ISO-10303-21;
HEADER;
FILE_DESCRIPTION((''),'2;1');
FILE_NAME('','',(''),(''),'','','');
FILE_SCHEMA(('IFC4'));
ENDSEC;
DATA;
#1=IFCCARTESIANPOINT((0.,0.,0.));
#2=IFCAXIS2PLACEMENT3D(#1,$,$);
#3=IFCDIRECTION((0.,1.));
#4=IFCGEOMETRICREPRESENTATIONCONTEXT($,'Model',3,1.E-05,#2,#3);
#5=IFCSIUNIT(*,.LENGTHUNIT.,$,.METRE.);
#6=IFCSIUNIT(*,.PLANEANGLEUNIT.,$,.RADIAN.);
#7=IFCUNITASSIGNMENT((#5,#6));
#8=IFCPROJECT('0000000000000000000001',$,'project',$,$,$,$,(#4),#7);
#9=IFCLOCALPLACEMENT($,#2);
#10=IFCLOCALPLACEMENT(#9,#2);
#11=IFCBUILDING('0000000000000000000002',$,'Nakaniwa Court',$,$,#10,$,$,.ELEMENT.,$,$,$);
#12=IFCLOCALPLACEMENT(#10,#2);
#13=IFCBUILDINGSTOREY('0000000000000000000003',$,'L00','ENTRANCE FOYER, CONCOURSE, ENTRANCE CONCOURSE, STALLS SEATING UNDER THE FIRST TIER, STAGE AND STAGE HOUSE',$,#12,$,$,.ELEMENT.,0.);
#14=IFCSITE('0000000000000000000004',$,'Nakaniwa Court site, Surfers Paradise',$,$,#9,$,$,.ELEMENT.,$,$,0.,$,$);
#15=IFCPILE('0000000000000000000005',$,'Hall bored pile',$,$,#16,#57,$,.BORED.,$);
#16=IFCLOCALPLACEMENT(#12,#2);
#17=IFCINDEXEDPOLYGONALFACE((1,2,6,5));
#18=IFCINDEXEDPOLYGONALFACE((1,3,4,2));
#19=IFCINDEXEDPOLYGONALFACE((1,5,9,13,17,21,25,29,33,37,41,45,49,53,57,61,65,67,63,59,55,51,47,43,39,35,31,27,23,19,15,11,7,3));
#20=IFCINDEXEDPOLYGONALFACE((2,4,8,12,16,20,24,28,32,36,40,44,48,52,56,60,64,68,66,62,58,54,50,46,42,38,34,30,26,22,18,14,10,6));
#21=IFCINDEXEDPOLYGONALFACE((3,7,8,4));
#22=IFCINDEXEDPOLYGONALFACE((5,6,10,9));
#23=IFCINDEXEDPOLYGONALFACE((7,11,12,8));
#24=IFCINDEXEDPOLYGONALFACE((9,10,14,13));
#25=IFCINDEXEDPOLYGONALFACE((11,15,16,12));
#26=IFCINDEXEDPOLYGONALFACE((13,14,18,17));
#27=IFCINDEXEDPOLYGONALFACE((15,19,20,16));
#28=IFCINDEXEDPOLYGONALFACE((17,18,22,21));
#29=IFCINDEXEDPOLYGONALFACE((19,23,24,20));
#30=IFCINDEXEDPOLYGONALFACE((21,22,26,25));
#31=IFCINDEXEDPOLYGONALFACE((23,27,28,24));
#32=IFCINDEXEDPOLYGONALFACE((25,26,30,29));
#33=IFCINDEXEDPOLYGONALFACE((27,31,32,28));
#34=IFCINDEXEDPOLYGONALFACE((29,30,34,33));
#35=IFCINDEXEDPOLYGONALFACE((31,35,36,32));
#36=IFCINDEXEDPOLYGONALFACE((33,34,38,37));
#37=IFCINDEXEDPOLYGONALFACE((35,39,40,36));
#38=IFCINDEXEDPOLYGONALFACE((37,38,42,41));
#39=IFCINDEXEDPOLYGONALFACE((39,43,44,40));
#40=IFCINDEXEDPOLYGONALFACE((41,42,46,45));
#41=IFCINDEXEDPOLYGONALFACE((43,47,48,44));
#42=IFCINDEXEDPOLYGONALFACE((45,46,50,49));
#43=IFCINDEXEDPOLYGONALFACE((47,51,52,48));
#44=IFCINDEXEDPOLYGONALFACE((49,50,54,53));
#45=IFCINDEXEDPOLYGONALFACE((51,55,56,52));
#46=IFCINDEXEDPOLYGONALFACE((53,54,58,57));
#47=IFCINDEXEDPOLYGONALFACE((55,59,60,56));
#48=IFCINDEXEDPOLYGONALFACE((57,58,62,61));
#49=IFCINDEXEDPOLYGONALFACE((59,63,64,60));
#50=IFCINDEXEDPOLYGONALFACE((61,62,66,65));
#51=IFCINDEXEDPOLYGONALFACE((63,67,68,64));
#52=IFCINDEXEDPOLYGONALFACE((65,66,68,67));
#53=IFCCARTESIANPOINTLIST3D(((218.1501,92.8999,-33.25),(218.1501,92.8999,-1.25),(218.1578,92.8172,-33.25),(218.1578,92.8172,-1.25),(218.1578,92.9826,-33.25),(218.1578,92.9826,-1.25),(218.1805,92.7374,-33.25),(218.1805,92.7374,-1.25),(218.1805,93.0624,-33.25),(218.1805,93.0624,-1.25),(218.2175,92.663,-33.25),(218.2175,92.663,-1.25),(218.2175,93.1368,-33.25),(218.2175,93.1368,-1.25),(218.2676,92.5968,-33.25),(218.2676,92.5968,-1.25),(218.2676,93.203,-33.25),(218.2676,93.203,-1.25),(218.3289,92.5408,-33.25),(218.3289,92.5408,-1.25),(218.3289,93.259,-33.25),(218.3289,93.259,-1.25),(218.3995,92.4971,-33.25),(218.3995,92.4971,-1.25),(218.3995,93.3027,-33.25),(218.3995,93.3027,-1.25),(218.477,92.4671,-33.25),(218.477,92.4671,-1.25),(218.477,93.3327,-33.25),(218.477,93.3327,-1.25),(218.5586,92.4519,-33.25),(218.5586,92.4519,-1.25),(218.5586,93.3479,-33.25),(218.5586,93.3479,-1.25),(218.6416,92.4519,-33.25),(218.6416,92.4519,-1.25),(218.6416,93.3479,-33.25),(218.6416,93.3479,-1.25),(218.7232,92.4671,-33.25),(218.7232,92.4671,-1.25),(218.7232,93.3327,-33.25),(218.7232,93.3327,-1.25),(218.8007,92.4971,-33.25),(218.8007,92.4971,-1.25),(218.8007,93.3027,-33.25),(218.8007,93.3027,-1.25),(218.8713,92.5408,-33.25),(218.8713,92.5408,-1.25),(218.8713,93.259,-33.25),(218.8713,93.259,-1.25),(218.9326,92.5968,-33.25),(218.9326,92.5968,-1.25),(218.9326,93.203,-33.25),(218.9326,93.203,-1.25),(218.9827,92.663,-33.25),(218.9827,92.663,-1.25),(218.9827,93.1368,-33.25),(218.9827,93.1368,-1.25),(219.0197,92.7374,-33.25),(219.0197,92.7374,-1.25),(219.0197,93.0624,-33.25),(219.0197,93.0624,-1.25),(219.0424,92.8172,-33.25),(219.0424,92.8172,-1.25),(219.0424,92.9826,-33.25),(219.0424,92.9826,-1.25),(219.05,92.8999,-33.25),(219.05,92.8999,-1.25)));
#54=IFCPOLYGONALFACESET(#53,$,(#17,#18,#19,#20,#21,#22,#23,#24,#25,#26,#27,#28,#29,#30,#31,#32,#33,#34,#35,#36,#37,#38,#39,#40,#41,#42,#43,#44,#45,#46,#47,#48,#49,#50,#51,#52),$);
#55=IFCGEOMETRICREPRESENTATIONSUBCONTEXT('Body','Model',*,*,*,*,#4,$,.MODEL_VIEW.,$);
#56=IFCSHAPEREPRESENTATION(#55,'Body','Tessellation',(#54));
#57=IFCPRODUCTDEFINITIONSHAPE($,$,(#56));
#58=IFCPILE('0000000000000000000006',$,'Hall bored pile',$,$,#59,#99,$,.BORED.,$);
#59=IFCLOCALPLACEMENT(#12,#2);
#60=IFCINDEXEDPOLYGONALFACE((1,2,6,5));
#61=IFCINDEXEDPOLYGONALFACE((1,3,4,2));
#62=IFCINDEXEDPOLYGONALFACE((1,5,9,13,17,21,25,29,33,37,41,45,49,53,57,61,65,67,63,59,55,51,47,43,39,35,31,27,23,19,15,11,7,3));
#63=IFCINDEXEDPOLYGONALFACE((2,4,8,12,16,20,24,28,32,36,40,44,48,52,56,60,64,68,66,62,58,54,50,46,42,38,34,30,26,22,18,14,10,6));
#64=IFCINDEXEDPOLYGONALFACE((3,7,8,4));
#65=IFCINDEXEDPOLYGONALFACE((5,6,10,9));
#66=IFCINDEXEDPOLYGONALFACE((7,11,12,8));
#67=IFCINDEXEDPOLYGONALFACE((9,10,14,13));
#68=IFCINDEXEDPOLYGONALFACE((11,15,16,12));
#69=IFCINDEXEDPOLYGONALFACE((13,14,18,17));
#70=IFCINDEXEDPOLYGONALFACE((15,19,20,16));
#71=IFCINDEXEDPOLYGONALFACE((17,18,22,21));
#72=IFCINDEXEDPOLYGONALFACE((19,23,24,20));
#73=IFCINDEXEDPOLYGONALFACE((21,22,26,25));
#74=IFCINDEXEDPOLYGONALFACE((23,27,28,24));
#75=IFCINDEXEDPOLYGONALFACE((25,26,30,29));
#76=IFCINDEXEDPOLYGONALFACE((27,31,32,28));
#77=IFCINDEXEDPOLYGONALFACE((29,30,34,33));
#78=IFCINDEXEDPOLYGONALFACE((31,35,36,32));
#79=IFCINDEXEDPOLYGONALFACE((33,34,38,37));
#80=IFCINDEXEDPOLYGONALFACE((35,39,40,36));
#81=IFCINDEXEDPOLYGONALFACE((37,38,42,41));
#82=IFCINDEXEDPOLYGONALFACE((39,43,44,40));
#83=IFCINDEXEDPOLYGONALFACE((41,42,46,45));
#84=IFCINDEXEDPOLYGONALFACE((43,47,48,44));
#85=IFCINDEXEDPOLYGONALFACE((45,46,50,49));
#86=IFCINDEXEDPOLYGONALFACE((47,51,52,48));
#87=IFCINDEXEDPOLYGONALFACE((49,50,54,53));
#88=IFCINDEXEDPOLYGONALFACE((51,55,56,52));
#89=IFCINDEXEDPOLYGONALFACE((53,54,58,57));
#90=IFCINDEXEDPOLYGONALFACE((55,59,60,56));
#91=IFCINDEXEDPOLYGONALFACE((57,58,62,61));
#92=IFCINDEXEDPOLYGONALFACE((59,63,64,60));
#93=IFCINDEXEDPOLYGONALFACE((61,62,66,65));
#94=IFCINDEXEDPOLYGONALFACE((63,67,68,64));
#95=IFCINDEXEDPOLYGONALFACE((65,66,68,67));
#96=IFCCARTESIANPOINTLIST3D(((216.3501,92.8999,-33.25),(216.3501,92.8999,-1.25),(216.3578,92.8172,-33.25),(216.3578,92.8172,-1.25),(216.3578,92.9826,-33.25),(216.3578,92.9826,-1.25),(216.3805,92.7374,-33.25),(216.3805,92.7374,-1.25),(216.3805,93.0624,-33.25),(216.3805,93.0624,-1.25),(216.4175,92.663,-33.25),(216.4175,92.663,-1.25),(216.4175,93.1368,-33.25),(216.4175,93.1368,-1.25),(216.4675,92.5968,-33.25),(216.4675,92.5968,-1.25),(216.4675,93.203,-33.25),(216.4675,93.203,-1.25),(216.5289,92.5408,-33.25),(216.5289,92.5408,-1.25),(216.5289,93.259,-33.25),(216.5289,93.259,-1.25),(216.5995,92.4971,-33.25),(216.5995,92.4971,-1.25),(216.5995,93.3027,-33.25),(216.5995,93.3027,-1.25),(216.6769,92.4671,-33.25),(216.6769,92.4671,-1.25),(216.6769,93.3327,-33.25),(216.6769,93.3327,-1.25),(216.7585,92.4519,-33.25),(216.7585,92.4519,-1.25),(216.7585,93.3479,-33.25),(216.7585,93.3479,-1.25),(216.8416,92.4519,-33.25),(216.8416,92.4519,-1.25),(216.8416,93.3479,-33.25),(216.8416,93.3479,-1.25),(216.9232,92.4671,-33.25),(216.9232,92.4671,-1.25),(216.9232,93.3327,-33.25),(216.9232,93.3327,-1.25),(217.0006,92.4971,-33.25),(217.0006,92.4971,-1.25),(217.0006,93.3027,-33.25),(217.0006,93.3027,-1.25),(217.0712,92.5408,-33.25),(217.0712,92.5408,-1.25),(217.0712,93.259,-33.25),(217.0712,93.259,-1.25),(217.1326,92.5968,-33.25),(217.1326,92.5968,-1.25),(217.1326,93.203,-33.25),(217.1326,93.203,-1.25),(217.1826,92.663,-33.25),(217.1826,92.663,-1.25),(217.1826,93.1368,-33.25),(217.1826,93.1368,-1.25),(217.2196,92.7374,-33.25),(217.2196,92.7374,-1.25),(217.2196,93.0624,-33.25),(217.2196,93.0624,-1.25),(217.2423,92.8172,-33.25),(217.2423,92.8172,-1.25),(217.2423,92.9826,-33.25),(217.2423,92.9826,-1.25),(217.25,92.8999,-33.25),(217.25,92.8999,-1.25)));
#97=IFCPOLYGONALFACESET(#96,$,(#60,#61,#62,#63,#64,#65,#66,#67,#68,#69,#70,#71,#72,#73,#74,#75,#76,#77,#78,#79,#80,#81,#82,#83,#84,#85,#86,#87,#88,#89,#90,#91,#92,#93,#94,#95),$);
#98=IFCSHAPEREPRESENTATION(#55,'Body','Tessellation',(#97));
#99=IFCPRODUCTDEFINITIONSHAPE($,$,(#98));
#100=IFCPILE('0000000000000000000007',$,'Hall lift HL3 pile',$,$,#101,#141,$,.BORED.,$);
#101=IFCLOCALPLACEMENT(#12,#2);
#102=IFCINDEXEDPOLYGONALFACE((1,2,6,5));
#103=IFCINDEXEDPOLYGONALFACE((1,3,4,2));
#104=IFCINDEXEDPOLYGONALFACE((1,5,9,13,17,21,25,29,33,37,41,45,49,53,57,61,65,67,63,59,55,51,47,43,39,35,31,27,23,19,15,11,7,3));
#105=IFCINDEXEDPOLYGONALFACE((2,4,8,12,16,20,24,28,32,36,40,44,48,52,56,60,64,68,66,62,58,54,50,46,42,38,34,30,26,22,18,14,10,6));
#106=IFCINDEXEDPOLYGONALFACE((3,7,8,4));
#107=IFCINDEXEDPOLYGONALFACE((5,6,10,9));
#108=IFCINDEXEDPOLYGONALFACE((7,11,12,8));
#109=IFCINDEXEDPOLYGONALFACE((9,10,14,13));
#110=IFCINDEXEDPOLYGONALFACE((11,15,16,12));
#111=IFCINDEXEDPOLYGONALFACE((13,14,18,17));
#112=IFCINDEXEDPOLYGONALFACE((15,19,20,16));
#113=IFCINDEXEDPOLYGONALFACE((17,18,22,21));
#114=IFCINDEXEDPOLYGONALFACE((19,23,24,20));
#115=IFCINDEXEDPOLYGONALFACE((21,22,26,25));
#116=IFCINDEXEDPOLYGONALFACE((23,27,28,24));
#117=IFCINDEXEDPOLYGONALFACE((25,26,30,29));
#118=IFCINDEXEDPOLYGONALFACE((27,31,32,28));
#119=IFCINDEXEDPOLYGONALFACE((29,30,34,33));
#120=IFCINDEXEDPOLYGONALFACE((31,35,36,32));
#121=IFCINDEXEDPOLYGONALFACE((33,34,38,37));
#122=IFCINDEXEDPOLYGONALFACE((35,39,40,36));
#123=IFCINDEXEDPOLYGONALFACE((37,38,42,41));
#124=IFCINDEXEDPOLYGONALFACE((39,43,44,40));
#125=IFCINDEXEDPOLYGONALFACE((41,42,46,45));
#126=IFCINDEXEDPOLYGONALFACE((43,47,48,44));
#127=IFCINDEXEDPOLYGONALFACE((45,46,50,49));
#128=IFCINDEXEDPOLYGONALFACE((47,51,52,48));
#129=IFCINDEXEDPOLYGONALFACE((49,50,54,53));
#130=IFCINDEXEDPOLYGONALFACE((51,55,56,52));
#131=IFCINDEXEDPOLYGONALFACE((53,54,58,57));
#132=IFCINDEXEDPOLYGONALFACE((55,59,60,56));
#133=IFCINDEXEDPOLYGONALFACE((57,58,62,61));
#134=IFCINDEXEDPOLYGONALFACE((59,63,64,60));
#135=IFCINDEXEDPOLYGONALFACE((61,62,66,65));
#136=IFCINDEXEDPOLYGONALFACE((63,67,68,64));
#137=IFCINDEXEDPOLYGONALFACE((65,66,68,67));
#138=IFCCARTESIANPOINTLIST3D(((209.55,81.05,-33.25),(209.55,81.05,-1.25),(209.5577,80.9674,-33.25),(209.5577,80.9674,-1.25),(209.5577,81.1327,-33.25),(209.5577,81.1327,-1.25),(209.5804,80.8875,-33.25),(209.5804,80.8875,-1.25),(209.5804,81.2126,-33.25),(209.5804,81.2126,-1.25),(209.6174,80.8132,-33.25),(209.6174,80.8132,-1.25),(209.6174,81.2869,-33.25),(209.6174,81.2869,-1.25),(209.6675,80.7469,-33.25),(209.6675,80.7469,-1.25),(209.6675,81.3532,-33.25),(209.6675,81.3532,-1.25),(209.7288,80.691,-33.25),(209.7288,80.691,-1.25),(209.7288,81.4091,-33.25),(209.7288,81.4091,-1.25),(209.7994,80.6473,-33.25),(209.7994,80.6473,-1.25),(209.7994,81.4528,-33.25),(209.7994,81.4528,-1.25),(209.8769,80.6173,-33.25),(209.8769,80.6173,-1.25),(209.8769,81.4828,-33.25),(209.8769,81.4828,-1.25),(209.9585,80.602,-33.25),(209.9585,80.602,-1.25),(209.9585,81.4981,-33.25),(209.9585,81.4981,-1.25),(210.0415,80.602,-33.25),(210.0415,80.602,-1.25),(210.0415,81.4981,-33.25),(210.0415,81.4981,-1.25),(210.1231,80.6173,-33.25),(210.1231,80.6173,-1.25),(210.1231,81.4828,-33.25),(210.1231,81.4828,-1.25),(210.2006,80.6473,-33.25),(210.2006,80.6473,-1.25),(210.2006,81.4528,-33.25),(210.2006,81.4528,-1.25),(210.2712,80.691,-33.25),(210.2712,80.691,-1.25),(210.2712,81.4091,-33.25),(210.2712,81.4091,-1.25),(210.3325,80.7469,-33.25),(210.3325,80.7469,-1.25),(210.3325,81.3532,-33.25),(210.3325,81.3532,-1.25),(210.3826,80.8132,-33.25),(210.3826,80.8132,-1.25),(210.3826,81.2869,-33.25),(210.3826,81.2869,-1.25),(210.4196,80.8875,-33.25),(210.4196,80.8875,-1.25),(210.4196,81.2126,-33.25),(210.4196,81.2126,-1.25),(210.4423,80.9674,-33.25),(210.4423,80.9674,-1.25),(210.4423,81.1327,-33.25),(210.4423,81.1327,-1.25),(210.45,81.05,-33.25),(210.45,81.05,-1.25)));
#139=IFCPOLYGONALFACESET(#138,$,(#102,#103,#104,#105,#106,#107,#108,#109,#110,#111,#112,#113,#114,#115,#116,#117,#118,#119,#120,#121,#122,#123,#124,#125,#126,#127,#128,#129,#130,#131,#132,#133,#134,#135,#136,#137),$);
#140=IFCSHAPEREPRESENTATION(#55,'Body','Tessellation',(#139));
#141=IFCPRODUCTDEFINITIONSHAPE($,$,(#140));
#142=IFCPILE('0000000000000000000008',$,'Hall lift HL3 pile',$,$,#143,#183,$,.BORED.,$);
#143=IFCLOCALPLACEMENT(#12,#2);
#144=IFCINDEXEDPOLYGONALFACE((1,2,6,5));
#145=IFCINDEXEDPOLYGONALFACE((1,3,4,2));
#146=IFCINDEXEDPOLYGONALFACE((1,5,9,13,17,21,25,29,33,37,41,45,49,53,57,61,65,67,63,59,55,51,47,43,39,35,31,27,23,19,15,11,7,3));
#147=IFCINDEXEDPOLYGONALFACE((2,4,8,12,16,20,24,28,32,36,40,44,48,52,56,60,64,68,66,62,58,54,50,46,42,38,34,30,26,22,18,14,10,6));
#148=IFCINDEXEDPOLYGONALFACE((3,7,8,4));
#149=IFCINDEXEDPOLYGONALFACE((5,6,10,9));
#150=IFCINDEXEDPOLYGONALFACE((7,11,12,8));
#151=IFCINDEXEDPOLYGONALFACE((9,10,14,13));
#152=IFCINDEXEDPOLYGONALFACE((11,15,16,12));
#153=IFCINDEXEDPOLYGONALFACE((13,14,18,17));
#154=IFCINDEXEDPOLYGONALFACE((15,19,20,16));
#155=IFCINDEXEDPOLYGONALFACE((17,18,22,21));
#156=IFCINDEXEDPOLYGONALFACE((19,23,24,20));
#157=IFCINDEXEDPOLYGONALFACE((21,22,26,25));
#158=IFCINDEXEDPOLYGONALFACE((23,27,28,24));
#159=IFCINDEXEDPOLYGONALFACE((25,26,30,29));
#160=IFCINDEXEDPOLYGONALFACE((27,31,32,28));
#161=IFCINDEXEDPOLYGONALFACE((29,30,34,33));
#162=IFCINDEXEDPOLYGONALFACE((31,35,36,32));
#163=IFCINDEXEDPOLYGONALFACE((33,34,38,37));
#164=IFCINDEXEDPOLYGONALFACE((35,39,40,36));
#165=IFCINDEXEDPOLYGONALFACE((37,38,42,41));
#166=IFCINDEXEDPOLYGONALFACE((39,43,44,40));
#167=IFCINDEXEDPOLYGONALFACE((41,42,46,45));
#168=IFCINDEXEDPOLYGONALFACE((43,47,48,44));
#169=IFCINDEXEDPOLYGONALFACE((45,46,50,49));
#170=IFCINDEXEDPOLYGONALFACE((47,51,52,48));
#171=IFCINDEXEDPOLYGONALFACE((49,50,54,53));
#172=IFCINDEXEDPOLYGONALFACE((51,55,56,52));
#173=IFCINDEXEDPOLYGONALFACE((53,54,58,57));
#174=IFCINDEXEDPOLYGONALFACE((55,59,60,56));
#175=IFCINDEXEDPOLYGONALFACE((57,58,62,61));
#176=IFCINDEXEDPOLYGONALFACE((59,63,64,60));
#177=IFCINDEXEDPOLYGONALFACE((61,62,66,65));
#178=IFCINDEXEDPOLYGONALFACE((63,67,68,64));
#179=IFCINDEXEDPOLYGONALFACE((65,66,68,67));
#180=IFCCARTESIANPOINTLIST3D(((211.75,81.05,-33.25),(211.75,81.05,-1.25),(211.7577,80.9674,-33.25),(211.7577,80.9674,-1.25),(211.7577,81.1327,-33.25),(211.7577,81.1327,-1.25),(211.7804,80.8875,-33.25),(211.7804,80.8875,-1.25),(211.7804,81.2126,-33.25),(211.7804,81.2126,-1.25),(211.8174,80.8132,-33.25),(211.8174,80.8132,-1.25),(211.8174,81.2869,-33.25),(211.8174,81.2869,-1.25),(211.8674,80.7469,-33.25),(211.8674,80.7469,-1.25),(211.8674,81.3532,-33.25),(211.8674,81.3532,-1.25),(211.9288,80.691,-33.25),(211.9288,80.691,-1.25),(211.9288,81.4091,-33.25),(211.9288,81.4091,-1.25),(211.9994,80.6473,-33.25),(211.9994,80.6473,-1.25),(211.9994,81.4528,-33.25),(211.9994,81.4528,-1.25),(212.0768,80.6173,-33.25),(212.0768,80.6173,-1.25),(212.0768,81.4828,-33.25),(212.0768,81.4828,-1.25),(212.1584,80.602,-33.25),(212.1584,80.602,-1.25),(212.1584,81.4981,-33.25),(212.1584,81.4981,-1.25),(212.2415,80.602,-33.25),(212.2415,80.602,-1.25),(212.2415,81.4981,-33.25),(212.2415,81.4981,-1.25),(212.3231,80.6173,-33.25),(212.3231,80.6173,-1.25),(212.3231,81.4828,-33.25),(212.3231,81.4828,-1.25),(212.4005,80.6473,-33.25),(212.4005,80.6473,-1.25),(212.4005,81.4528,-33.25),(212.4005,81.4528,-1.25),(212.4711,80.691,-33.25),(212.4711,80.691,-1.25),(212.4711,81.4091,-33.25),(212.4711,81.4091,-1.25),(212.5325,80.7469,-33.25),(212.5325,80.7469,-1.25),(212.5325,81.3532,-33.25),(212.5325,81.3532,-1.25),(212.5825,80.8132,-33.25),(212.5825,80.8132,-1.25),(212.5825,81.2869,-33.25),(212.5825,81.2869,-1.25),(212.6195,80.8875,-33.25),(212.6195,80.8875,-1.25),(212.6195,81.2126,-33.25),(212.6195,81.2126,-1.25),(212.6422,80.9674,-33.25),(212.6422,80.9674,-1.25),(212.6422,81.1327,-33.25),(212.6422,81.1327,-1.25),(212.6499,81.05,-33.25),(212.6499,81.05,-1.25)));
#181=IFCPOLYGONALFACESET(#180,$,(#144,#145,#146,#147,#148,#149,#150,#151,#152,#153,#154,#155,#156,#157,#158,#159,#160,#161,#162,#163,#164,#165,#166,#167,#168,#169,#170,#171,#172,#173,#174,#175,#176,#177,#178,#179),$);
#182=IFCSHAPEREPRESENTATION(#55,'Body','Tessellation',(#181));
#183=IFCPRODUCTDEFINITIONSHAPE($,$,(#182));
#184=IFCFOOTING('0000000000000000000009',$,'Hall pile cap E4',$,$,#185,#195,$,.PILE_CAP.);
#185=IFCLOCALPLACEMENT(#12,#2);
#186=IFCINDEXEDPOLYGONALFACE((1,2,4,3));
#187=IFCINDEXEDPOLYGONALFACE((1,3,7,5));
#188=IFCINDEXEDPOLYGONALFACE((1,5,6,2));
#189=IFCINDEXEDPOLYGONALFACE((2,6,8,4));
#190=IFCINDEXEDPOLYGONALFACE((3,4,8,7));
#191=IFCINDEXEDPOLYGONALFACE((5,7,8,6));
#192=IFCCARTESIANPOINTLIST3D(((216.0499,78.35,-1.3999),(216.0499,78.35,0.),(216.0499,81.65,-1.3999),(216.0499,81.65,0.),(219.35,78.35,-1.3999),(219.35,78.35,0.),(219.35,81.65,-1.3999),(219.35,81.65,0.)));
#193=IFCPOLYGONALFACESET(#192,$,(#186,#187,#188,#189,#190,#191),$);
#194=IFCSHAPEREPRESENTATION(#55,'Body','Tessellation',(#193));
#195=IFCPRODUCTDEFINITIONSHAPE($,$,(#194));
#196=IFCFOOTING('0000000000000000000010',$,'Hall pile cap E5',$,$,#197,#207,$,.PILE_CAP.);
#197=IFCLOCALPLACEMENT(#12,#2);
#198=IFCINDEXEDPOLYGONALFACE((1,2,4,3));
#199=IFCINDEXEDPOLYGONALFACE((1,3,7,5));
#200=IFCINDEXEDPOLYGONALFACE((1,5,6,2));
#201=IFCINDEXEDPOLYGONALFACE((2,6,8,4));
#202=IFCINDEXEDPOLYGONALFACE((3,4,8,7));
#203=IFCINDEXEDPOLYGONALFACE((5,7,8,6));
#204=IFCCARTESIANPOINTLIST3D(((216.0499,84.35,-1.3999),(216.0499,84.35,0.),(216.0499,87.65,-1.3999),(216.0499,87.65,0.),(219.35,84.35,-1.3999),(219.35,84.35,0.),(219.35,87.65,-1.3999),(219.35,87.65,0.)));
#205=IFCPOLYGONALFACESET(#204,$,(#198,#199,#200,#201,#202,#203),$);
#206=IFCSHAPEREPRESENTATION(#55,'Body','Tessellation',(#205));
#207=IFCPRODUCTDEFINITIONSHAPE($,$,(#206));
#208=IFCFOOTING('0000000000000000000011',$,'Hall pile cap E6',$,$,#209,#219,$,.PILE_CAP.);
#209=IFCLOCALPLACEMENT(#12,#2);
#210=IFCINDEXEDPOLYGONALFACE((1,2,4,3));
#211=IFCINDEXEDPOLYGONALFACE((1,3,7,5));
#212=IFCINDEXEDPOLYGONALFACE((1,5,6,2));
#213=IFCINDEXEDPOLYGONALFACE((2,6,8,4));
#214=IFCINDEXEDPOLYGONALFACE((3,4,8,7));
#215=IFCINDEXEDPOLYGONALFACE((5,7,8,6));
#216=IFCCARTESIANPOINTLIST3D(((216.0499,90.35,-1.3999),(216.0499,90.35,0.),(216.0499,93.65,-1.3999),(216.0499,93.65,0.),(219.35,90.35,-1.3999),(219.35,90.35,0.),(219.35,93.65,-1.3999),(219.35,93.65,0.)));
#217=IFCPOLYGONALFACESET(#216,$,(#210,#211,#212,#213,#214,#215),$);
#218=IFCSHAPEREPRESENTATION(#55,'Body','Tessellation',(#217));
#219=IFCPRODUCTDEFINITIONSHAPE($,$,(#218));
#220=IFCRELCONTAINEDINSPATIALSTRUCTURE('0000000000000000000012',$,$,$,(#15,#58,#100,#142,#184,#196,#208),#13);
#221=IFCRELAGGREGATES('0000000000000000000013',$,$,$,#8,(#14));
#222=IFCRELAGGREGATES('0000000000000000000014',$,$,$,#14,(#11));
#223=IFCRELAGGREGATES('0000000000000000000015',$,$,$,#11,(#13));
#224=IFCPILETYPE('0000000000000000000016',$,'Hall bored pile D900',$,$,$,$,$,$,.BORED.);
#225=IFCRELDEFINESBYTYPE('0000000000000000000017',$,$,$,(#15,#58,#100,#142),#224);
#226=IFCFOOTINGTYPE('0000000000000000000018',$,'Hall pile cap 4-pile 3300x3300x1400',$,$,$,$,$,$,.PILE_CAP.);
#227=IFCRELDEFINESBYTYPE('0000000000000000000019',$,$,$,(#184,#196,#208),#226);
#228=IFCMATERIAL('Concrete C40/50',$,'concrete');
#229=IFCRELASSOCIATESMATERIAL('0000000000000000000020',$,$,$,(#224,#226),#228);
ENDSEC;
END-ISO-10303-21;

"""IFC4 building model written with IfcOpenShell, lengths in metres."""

from ifc_helpers import new_model, si_unit, direction, frame, origin, origin_2d, place, context, subcontext, project, spatial, rectangle, circle, extrude, material, material_profile, profile_set, type_object, element, save


model = new_model("IFC4")

# Units and contexts
model_context = context("Model", 3, precision=1e-05, world=origin(), true_north=direction((0.0, 1.0)))
body_context = subcontext(model_context, "Body", "Model", "MODEL_VIEW")
ifc_project = project(units=[si_unit("LENGTHUNIT", "METRE"), si_unit("PLANEANGLEUNIT", "RADIAN")], contexts=[model_context])

# Site, building, storey
site_placement = place(None, origin())
site = spatial("IfcSite", under=ifc_project, at=site_placement, Name="Nakaniwa Court site, Surfers Paradise", CompositionType="ELEMENT", RefElevation=0.0)
building_placement = place(site_placement, origin())
building = spatial("IfcBuilding", under=site, at=building_placement, Name="Nakaniwa Court", CompositionType="ELEMENT")
storey_placement = place(building_placement, origin())
storey = spatial("IfcBuildingStorey", under=building, at=storey_placement, Name="L00", Description="ENTRANCE FOYER, CONCOURSE, ENTRANCE CONCOURSE, STALLS SEATING UNDER THE FIRST TIER, STAGE AND STAGE HOUSE", CompositionType="ELEMENT", Elevation=0.0)

# Piles
ifc_material_1 = material(Name="Concrete C40/50", Category="concrete")
ifc_material_profile_1 = material_profile(ifc_material_1, circle(Radius=0.45, at=origin_2d()), Name="Bored pile D900")
ifc_profile_set_1 = profile_set([ifc_material_profile_1], Name="Concrete C40/50")
pile_type = type_object("IfcPileType", Name="Hall bored pile D900", PredefinedType="BORED", material=ifc_profile_set_1)
for number, where, z_axis, x_axis, name in (
    (1, (218.6001, 92.8999, -1.25), (0.0, 0.0, -1.0), (1.0, 0.0, 0.0), "Hall bored pile"),
    (2, (216.8, 92.8999, -1.25), (0.0, 0.0, -1.0), (1.0, 0.0, 0.0), "Hall bored pile"),
    (3, (210.0, 81.05, -1.25), (0.0, 0.0, -1.0), (1.0, 0.0, 0.0), "Hall lift HL3 pile"),
    (4, (212.2, 81.05, -1.25), (0.0, 0.0, -1.0), (1.0, 0.0, 0.0), "Hall lift HL3 pile"),
):
    element("IfcPile", number, at=place(storey_placement, frame(where, z_axis=z_axis, x_axis=x_axis)), inside=storey, type_object=pile_type, Name=name, PredefinedType="BORED", context=body_context, shape_type="SweptSolid", body=[
        extrude(circle(Radius=0.45, at=origin_2d()), origin(), (0.0, 0.0, 1.0), 32.0),
    ])

# Footings
footing_type_1 = type_object("IfcFootingType", Name="Hall pile cap 4-pile 3300x3300x1400", PredefinedType="PILE_CAP", material=ifc_material_1)
for number, where, z_axis, x_axis, name in (
    (5, (217.7, 80.0, -1.3999), (0.0, 0.0, 1.0), (1.0, 0.0, 0.0), "Hall pile cap E4"),
    (6, (217.7, 86.0, -1.3999), (0.0, 0.0, 1.0), (1.0, 0.0, 0.0), "Hall pile cap E5"),
    (7, (217.7, 92.0, -1.3999), (0.0, 0.0, 1.0), (1.0, 0.0, 0.0), "Hall pile cap E6"),
):
    element("IfcFooting", number, at=place(storey_placement, frame(where, z_axis=z_axis, x_axis=x_axis)), inside=storey, type_object=footing_type_1, Name=name, PredefinedType="PILE_CAP", context=body_context, shape_type="SweptSolid", body=[
        extrude(rectangle(XDim=3.3, YDim=3.3, at=origin_2d()), origin(), (0.0, 0.0, 1.0), 1.3999),
    ])

save(model, "model.ifc")
